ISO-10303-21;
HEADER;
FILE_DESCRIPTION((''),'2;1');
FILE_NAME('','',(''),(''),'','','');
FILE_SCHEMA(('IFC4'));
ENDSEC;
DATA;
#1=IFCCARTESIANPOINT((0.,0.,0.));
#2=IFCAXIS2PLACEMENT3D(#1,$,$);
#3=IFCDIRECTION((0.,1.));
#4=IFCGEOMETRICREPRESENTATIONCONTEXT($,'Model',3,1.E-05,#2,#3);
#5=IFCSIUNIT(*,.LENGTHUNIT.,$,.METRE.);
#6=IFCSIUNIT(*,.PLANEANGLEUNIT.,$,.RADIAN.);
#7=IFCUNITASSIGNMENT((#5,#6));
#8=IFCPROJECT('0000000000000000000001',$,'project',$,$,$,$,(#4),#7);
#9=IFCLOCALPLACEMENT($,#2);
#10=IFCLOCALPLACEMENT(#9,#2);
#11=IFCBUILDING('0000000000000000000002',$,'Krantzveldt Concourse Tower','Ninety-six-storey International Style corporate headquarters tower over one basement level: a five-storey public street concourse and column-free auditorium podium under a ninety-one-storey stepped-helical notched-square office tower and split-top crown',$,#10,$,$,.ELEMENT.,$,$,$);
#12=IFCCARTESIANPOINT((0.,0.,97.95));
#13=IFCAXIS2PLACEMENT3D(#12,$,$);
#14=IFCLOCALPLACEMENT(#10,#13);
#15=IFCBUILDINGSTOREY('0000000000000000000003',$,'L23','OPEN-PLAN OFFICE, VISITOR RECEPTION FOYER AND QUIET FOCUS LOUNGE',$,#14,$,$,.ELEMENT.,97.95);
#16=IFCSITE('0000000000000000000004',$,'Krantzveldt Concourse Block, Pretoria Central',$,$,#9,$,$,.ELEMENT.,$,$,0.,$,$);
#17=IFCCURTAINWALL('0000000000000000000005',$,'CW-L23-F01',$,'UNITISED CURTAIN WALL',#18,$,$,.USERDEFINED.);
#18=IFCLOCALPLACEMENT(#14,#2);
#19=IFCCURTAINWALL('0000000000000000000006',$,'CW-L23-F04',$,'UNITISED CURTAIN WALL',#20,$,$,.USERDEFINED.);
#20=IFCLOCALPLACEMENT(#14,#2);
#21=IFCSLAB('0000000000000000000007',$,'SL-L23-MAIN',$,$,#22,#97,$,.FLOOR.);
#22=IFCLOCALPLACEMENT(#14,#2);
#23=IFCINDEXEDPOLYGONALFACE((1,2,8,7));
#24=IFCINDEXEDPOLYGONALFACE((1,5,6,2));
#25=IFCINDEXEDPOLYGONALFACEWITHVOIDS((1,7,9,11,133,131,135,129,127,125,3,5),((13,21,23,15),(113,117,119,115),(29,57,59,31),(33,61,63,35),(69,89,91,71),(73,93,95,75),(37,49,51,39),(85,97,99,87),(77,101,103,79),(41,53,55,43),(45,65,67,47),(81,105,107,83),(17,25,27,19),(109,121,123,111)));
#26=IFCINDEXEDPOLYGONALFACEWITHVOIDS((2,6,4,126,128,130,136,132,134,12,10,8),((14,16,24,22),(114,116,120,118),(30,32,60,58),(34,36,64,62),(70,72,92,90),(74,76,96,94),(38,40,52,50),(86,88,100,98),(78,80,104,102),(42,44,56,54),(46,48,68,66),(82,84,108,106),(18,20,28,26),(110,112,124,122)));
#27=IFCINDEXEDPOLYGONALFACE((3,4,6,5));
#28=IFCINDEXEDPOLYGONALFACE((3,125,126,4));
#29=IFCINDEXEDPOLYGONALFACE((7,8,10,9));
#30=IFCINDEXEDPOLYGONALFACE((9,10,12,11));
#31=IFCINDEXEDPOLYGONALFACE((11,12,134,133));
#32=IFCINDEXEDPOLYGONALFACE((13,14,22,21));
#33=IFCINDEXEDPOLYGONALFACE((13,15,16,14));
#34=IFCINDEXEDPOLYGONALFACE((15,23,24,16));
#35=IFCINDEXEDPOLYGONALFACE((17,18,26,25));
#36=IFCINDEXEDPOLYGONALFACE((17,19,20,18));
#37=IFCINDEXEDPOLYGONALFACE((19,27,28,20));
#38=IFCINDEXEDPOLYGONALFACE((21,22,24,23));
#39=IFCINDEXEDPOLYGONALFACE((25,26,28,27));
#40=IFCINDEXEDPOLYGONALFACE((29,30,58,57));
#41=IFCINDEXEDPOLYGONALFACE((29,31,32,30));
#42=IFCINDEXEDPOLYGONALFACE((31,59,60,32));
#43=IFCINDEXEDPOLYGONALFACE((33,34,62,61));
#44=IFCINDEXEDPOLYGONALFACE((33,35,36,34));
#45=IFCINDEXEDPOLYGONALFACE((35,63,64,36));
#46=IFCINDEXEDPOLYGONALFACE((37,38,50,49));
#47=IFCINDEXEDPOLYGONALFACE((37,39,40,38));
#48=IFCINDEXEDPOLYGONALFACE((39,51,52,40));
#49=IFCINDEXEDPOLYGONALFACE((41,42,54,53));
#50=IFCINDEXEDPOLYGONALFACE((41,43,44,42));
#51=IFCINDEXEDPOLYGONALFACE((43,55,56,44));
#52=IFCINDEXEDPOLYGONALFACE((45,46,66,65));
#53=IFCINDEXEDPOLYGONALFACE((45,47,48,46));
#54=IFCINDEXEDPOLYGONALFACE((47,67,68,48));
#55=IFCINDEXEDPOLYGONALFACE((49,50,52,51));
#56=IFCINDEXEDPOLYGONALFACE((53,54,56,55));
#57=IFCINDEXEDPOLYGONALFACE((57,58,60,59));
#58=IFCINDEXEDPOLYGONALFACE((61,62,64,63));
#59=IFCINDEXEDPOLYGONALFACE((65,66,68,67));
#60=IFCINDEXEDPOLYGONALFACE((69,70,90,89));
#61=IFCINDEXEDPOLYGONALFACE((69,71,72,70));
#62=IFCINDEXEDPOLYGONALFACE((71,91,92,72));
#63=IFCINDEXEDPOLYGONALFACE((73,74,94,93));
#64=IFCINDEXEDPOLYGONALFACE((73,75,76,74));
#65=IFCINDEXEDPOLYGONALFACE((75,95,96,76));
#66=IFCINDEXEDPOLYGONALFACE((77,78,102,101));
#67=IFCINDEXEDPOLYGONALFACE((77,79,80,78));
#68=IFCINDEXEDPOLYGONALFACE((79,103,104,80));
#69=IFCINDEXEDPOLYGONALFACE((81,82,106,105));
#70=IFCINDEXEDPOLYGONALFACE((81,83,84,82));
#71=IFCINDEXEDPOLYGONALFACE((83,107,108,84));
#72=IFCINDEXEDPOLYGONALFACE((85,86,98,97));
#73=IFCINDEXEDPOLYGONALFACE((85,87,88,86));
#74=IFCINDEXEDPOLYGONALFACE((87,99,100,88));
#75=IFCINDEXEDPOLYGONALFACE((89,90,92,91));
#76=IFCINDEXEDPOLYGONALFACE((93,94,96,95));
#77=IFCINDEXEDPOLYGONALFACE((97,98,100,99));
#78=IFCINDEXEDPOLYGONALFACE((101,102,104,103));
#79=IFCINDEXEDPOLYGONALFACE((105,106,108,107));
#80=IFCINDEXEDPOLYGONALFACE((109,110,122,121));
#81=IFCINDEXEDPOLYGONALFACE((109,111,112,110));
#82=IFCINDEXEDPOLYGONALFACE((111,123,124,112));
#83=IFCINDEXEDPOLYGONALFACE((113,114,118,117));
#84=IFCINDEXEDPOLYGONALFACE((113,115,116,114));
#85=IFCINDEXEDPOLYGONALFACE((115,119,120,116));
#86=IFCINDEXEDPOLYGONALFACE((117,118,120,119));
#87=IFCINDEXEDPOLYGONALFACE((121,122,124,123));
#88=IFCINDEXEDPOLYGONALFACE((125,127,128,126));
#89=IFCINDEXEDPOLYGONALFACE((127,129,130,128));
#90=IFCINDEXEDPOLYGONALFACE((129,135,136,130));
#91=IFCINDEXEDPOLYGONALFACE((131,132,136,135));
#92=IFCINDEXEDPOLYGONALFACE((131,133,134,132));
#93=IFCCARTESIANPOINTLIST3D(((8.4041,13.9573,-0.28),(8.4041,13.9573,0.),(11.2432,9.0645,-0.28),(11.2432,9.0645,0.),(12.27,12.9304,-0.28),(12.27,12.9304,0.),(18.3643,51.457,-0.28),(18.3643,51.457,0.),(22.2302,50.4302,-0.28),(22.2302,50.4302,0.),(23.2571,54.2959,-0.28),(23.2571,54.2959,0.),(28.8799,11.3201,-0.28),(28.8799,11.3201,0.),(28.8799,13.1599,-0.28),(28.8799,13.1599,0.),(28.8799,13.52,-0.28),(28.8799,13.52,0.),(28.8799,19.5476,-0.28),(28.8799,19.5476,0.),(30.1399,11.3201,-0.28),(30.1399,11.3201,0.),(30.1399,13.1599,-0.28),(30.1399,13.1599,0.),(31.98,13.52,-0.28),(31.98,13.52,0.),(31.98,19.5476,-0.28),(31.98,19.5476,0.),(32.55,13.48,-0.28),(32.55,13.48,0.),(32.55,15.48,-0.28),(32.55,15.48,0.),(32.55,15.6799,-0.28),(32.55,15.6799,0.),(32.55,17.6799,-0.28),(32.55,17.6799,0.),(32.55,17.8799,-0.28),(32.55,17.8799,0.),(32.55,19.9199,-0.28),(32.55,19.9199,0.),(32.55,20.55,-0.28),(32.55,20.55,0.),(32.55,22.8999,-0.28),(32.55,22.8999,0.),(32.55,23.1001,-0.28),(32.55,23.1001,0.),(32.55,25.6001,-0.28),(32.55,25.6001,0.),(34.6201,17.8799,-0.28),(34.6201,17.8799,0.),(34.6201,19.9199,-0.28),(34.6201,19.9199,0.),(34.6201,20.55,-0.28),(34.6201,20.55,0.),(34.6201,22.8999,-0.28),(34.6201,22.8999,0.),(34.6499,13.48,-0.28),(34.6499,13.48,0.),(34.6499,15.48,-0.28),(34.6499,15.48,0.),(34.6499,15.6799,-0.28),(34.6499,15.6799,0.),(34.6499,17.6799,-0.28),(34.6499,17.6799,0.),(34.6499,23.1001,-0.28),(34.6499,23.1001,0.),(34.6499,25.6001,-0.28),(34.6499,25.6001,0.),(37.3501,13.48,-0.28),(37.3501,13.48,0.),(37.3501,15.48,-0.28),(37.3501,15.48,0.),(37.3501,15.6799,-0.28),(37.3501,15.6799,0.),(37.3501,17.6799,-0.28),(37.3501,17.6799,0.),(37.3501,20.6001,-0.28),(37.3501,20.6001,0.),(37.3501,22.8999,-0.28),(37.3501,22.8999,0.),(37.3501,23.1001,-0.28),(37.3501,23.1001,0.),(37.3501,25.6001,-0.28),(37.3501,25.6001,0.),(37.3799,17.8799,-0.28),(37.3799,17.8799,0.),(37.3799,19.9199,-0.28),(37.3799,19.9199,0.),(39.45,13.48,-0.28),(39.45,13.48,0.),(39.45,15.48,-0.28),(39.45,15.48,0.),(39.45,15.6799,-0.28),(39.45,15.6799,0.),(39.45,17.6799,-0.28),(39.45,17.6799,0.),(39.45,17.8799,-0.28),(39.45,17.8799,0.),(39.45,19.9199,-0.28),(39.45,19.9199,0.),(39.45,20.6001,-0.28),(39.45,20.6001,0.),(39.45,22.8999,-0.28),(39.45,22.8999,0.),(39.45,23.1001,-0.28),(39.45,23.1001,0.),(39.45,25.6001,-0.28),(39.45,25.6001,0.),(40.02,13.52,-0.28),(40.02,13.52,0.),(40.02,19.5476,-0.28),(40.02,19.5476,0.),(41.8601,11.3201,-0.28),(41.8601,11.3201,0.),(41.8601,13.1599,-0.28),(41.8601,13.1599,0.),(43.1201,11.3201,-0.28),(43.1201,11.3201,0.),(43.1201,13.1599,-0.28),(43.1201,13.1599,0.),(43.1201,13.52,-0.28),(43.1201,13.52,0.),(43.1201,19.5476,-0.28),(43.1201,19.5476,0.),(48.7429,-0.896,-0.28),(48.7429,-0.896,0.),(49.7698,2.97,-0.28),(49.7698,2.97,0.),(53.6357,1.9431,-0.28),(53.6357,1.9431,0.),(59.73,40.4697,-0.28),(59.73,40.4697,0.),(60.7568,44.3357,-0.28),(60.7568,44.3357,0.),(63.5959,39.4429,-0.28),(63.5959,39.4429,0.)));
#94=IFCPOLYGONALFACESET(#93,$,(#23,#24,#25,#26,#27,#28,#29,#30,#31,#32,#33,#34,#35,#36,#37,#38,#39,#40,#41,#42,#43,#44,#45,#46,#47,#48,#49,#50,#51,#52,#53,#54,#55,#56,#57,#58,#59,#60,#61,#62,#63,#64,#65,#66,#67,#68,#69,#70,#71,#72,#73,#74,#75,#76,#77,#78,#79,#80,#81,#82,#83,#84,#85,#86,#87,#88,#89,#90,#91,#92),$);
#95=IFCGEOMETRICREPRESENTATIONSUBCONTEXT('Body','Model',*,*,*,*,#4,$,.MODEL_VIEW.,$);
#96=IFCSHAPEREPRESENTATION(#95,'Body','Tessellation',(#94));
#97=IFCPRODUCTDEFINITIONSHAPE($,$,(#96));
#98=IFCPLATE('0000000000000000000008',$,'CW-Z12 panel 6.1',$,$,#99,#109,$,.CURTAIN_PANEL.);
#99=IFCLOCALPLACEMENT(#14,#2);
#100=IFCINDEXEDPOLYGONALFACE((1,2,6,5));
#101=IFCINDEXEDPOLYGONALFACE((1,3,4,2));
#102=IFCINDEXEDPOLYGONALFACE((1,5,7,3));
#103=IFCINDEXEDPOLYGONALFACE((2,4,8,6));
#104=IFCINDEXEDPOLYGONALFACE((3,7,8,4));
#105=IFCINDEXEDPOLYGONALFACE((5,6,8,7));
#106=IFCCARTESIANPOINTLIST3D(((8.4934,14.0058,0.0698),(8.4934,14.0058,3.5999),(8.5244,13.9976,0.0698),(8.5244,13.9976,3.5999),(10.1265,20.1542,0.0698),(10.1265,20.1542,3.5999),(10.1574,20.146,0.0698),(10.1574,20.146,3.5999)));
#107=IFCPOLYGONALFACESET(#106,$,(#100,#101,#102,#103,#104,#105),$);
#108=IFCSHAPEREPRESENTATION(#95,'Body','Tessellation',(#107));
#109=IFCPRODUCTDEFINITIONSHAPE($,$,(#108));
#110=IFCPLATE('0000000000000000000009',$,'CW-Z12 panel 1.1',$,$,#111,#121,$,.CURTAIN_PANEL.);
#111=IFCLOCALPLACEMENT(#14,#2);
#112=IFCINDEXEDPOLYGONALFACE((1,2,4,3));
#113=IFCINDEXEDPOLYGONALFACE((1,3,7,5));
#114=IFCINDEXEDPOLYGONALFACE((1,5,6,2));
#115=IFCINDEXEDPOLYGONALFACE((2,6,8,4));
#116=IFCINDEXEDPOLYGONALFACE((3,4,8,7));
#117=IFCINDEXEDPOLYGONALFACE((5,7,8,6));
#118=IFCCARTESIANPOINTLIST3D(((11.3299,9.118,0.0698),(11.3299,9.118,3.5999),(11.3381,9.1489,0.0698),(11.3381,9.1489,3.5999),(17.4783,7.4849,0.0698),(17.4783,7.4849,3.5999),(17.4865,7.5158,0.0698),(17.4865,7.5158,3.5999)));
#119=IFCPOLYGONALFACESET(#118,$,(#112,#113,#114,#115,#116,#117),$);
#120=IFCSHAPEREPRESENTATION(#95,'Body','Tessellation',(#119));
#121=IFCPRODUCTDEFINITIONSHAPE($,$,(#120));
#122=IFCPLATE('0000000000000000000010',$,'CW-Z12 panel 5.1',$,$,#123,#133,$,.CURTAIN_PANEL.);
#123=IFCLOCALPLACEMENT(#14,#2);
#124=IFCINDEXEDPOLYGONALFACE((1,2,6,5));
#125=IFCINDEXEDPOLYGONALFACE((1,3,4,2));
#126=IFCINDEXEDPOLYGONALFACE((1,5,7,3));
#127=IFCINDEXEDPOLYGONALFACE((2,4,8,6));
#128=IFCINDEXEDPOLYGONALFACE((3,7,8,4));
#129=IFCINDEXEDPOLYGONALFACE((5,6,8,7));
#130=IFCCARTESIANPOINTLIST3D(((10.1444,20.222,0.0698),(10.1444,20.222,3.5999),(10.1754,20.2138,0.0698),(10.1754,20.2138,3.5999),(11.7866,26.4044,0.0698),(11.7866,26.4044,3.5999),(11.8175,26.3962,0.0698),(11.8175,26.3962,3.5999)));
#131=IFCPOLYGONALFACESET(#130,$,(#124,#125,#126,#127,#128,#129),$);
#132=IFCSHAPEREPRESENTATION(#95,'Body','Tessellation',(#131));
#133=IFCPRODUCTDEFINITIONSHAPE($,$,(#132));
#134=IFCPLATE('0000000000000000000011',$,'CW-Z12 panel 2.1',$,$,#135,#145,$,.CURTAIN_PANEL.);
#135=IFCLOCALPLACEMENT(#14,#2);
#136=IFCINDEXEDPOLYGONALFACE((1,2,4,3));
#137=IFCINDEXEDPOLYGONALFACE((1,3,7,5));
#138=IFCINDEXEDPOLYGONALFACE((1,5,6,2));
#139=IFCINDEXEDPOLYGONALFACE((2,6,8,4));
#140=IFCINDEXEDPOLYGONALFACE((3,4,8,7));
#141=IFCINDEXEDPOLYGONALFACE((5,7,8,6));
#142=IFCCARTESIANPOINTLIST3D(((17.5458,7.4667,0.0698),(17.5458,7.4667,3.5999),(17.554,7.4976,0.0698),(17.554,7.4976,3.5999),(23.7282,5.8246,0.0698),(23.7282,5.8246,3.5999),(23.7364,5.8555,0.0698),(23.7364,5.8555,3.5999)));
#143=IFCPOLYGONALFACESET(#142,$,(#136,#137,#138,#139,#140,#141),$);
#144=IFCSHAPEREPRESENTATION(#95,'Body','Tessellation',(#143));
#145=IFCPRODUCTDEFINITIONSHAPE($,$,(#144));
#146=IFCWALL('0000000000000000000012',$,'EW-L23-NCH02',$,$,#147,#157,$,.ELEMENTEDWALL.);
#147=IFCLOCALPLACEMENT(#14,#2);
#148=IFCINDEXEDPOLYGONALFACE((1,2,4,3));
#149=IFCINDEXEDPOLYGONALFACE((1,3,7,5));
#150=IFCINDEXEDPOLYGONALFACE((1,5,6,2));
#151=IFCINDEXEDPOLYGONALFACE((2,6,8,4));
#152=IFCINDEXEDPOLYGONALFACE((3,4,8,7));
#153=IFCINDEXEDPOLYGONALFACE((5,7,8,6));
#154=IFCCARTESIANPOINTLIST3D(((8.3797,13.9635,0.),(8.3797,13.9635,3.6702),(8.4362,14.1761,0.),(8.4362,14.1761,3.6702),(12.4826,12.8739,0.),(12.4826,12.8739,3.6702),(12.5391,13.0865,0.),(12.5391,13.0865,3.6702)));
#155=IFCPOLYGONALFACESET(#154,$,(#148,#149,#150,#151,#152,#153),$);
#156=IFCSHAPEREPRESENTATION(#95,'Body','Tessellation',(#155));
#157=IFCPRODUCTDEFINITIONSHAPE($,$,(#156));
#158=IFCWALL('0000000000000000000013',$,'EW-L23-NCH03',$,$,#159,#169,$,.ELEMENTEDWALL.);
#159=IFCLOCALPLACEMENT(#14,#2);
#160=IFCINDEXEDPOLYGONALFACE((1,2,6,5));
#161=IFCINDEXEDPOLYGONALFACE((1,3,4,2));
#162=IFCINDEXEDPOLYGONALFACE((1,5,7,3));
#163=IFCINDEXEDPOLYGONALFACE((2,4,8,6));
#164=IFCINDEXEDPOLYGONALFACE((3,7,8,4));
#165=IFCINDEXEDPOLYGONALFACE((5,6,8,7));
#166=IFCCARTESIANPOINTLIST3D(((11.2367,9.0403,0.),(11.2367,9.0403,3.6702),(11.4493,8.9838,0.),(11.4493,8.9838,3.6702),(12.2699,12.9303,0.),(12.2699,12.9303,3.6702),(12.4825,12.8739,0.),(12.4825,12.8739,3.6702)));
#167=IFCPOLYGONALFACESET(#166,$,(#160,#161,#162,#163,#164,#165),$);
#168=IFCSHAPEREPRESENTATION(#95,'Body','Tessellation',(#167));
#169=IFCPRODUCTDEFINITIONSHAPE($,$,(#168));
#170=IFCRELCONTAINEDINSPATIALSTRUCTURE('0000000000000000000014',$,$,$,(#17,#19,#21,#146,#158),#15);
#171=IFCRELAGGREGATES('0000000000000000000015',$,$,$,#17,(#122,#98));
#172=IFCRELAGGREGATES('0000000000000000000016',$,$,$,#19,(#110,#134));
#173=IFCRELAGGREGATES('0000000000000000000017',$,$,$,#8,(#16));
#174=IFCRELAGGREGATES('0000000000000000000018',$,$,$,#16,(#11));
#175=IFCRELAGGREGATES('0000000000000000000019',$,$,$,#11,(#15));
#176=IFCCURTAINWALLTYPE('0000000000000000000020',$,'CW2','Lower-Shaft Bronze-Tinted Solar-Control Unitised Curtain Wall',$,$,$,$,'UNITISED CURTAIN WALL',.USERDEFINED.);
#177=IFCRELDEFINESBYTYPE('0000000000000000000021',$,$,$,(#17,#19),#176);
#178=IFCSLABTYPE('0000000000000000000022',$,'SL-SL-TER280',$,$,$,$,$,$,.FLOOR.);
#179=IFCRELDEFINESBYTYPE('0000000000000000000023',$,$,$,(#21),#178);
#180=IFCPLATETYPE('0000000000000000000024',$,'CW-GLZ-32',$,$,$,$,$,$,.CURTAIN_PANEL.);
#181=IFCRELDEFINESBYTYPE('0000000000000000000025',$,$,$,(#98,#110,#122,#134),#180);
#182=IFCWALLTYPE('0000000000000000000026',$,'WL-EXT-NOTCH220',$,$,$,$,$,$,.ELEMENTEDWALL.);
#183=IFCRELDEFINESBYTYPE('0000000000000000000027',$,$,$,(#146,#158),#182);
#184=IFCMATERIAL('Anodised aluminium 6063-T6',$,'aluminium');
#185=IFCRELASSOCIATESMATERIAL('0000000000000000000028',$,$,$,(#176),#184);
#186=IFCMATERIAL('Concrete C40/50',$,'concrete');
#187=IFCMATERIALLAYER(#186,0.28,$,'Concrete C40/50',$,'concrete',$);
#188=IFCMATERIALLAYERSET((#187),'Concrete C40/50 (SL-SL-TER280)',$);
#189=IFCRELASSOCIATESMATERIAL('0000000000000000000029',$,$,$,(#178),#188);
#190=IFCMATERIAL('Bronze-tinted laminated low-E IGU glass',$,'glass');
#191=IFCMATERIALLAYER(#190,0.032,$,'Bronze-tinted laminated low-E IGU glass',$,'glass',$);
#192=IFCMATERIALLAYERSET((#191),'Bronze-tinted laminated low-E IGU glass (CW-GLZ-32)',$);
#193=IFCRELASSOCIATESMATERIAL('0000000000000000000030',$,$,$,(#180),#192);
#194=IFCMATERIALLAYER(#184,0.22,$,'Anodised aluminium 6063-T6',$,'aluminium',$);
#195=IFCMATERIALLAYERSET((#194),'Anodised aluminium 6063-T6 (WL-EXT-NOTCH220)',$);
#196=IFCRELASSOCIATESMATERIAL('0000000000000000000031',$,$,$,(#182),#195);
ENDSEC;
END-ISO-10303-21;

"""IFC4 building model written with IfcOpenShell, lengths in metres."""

from ifc_helpers import new_model, si_unit, direction, frame, frame_2d, origin, origin_2d, place, context, subcontext, project, spatial, polyline, rectangle, outline, extrude, source, transform, mapped, material, layer, layer_set, type_object, type_shapes, element, aggregate, save


model = new_model("IFC4")

# Units and contexts
model_context = context("Model", 3, precision=1e-05, world=origin(), true_north=direction((0.0, 1.0)))
body_context = subcontext(model_context, "Body", "Model", "MODEL_VIEW")
ifc_project = project(units=[si_unit("LENGTHUNIT", "METRE"), si_unit("PLANEANGLEUNIT", "RADIAN")], contexts=[model_context])

# Site, building, storey
site_placement = place(None, origin())
site = spatial("IfcSite", under=ifc_project, at=site_placement, Name="Krantzveldt Concourse Block, Pretoria Central", CompositionType="ELEMENT", RefElevation=0.0)
building_placement = place(site_placement, origin())
building = spatial("IfcBuilding", under=site, at=building_placement, Name="Krantzveldt Concourse Tower", Description="Ninety-six-storey International Style corporate headquarters tower over one basement level: a five-storey public street concourse and column-free auditorium podium under a ninety-one-storey stepped-helical notched-square office tower and split-top crown", CompositionType="ELEMENT")
storey_placement = place(building_placement, frame((0.0, 0.0, 97.95)))
storey = spatial("IfcBuildingStorey", under=building, at=storey_placement, Name="L23", Description="OPEN-PLAN OFFICE, VISITOR RECEPTION FOYER AND QUIET FOCUS LOUNGE", CompositionType="ELEMENT", Elevation=97.95)

# Curtain walls
ifc_material_1 = material(Name="Anodised aluminium 6063-T6", Category="aluminium")
curtain_wall_type = type_object("IfcCurtainWallType", Name="CW2", Description="Lower-Shaft Bronze-Tinted Solar-Control Unitised Curtain Wall", ElementType="UNITISED CURTAIN WALL", PredefinedType="USERDEFINED", material=ifc_material_1)
curtain_wall_1_placement = place(storey_placement, origin())
curtain_wall_1 = element("IfcCurtainWall", 1, at=curtain_wall_1_placement, inside=storey, type_object=curtain_wall_type, Name="CW-L23-F01", ObjectType="UNITISED CURTAIN WALL", PredefinedType="USERDEFINED")
curtain_wall_2_placement = place(storey_placement, origin())
curtain_wall_2 = element("IfcCurtainWall", 2, at=curtain_wall_2_placement, inside=storey, type_object=curtain_wall_type, Name="CW-L23-F04", ObjectType="UNITISED CURTAIN WALL", PredefinedType="USERDEFINED")

# Slab
ifc_material_2 = material(Name="Concrete C40/50", Category="concrete")
ifc_layer_1 = layer(ifc_material_2, 0.28, Name="Concrete C40/50", Category="concrete")
ifc_layer_set_1 = layer_set([ifc_layer_1], Name="Concrete C40/50 (SL-SL-TER280)")
slab_type_1 = type_object("IfcSlabType", Name="SL-SL-TER280", PredefinedType="FLOOR", material=ifc_layer_set_1)
slab_1_placement = place(storey_placement, frame((0.0, 0.0, -0.28)))
element("IfcSlab", 3, at=slab_1_placement, inside=storey, type_object=slab_type_1, Name="SL-L23-MAIN", PredefinedType="FLOOR", context=body_context, shape_type="SweptSolid", body=[
    extrude(outline(polyline([(22.2302, 50.4302), (18.3643, 51.457), (8.4041, 13.9573), (12.27, 12.9304), (11.2432, 9.0645), (48.7429, -0.896), (49.7698, 2.97), (53.6357, 1.9431), (63.5959, 39.4429), (59.73, 40.4697), (60.7568, 44.3357), (23.2571, 54.2959), (22.2302, 50.4302)]), holes=[polyline([(28.8799, 19.5476), (28.8799, 13.52), (31.98, 13.52), (31.98, 19.5476), (28.8799, 19.5476)]), polyline([(40.02, 19.5476), (40.02, 13.52), (43.1201, 13.52), (43.1201, 19.5476), (40.02, 19.5476)]), polyline([(32.55, 23.1001), (34.6499, 23.1001), (34.6499, 25.6001), (32.55, 25.6001), (32.55, 23.1001)]), polyline([(37.3501, 23.1001), (39.45, 23.1001), (39.45, 25.6001), (37.3501, 25.6001), (37.3501, 23.1001)]), polyline([(37.3501, 20.6001), (39.45, 20.6001), (39.45, 22.8999), (37.3501, 22.8999), (37.3501, 20.6001)]), polyline([(32.55, 13.48), (34.6499, 13.48), (34.6499, 15.48), (32.55, 15.48), (32.55, 13.48)]), polyline([(32.55, 15.6799), (34.6499, 15.6799), (34.6499, 17.6799), (32.55, 17.6799), (32.55, 15.6799)]), polyline([(37.3501, 13.48), (39.45, 13.48), (39.45, 15.48), (37.3501, 15.48), (37.3501, 13.48)]), polyline([(37.3501, 15.6799), (39.45, 15.6799), (39.45, 17.6799), (37.3501, 17.6799), (37.3501, 15.6799)]), polyline([(32.55, 20.55), (34.6201, 20.55), (34.6201, 22.8999), (32.55, 22.8999), (32.55, 20.55)]), polyline([(32.55, 17.8799), (34.6201, 17.8799), (34.6201, 19.9199), (32.55, 19.9199), (32.55, 17.8799)]), polyline([(37.3799, 17.8799), (39.45, 17.8799), (39.45, 19.9199), (37.3799, 19.9199), (37.3799, 17.8799)]), polyline([(28.8799, 11.3201), (30.1399, 11.3201), (30.1399, 13.1599), (28.8799, 13.1599), (28.8799, 11.3201)]), polyline([(41.8601, 11.3201), (43.1201, 11.3201), (43.1201, 13.1599), (41.8601, 13.1599), (41.8601, 11.3201)])]), origin(), (0.0, 0.0, 1.0), 0.28),
])

# Plates
ifc_material_3 = material(Name="Bronze-tinted laminated low-E IGU glass", Category="glass")
ifc_layer_2 = layer(ifc_material_3, 0.032, Name="Bronze-tinted laminated low-E IGU glass", Category="glass")
ifc_layer_set_2 = layer_set([ifc_layer_2], Name="Bronze-tinted laminated low-E IGU glass (CW-GLZ-32)")
plate_type = type_object("IfcPlateType", Name="CW-GLZ-32", PredefinedType="CURTAIN_PANEL", material=ifc_layer_set_2)
shared_shape_1 = source(origin(), body_context, "Body", "SweptSolid", [
    extrude(rectangle(XDim=6.3616, YDim=0.032, at=origin_2d()), origin(), (0.0, 0.0, 1.0), 3.53),
])
plate_1_placement = place(storey_placement, frame((9.3254, 17.0759, 0.0698), z_axis=(0.0, 0.0, 1.0), x_axis=(-0.256711, -0.966488, 0.0)))
plate_1 = element("IfcPlate", 4, at=plate_1_placement, type_object=plate_type, Name="CW-Z12 panel 6.1", PredefinedType="CURTAIN_PANEL", context=body_context, shape_type="MappedRepresentation", body=[
    mapped(shared_shape_1, transform((0.0, 0.0, 0.0), x_axis=(1.0, 0.0, 0.0), y_axis=(0.0, 1.0, 0.0), z_axis=(0.0, 0.0, 1.0), scale=1.0)),
])
plate_2_placement = place(storey_placement, frame((14.4082, 8.3169, 0.0698), z_axis=(0.0, 0.0, 1.0), x_axis=(0.966488, -0.256711, 0.0)))
plate_2 = element("IfcPlate", 5, at=plate_2_placement, type_object=plate_type, Name="CW-Z12 panel 1.1", PredefinedType="CURTAIN_PANEL", context=body_context, shape_type="MappedRepresentation", body=[
    mapped(shared_shape_1, transform((0.0, 0.0, 0.0), x_axis=(1.0, 0.0, 0.0), y_axis=(0.0, 1.0, 0.0), z_axis=(0.0, 0.0, 1.0), scale=1.0)),
])
shared_shape_2 = source(origin(), body_context, "Body", "SweptSolid", [
    extrude(rectangle(XDim=6.3967, YDim=0.032, at=origin_2d()), origin(), (0.0, 0.0, 1.0), 3.53),
])
type_shapes(plate_type, [shared_shape_1, shared_shape_2])
plate_3_placement = place(storey_placement, frame((10.981, 23.3091, 0.0698), z_axis=(0.0, 0.0, 1.0), x_axis=(-0.256711, -0.966488, 0.0)))
plate_3 = element("IfcPlate", 6, at=plate_3_placement, type_object=plate_type, Name="CW-Z12 panel 5.1", PredefinedType="CURTAIN_PANEL", context=body_context, shape_type="MappedRepresentation", body=[
    mapped(shared_shape_2, transform((0.0, 0.0, 0.0), x_axis=(1.0, 0.0, 0.0), y_axis=(0.0, 1.0, 0.0), z_axis=(0.0, 0.0, 1.0), scale=1.0)),
])
aggregate(curtain_wall_1, [plate_3, plate_1])
plate_4_placement = place(storey_placement, frame((20.6411, 6.6611, 0.0698), z_axis=(0.0, 0.0, 1.0), x_axis=(0.966488, -0.256711, 0.0)))
plate_4 = element("IfcPlate", 7, at=plate_4_placement, type_object=plate_type, Name="CW-Z12 panel 2.1", PredefinedType="CURTAIN_PANEL", context=body_context, shape_type="MappedRepresentation", body=[
    mapped(shared_shape_2, transform((0.0, 0.0, 0.0), x_axis=(1.0, 0.0, 0.0), y_axis=(0.0, 1.0, 0.0), z_axis=(0.0, 0.0, 1.0), scale=1.0)),
])
aggregate(curtain_wall_2, [plate_2, plate_4])

# Walls
ifc_layer_3 = layer(ifc_material_1, 0.22, Name="Anodised aluminium 6063-T6", Category="aluminium")
ifc_layer_set_3 = layer_set([ifc_layer_3], Name="Anodised aluminium 6063-T6 (WL-EXT-NOTCH220)")
wall_type = type_object("IfcWallType", Name="WL-EXT-NOTCH220", PredefinedType="ELEMENTEDWALL", material=ifc_layer_set_3)
wall_1_placement = place(storey_placement, frame((8.408, 14.0698, 0.0), z_axis=(0.0, 0.0, 1.0), x_axis=(0.966497, -0.256678, 0.0)))
element("IfcWall", 8, at=wall_1_placement, inside=storey, type_object=wall_type, Name="EW-L23-NCH02", PredefinedType="ELEMENTEDWALL", context=body_context, shape_type="SweptSolid", body=[
    extrude(rectangle(XDim=4.2451, YDim=0.22, at=frame_2d((2.1226, 0.0))), origin(), (0.0, 0.0, 1.0), 3.6702),
])
wall_2_placement = place(storey_placement, frame((12.3762, 12.9021, 0.0), z_axis=(0.0, 0.0, 1.0), x_axis=(-0.256696, -0.966492, 0.0)))
element("IfcWall", 9, at=wall_2_placement, inside=storey, type_object=wall_type, Name="EW-L23-NCH03", PredefinedType="ELEMENTEDWALL", context=body_context, shape_type="SweptSolid", body=[
    extrude(rectangle(XDim=4.0249, YDim=0.22, at=frame_2d((2.0125, 0.0))), origin(), (0.0, 0.0, 1.0), 3.6702),
])

save(model, "model.ifc")
